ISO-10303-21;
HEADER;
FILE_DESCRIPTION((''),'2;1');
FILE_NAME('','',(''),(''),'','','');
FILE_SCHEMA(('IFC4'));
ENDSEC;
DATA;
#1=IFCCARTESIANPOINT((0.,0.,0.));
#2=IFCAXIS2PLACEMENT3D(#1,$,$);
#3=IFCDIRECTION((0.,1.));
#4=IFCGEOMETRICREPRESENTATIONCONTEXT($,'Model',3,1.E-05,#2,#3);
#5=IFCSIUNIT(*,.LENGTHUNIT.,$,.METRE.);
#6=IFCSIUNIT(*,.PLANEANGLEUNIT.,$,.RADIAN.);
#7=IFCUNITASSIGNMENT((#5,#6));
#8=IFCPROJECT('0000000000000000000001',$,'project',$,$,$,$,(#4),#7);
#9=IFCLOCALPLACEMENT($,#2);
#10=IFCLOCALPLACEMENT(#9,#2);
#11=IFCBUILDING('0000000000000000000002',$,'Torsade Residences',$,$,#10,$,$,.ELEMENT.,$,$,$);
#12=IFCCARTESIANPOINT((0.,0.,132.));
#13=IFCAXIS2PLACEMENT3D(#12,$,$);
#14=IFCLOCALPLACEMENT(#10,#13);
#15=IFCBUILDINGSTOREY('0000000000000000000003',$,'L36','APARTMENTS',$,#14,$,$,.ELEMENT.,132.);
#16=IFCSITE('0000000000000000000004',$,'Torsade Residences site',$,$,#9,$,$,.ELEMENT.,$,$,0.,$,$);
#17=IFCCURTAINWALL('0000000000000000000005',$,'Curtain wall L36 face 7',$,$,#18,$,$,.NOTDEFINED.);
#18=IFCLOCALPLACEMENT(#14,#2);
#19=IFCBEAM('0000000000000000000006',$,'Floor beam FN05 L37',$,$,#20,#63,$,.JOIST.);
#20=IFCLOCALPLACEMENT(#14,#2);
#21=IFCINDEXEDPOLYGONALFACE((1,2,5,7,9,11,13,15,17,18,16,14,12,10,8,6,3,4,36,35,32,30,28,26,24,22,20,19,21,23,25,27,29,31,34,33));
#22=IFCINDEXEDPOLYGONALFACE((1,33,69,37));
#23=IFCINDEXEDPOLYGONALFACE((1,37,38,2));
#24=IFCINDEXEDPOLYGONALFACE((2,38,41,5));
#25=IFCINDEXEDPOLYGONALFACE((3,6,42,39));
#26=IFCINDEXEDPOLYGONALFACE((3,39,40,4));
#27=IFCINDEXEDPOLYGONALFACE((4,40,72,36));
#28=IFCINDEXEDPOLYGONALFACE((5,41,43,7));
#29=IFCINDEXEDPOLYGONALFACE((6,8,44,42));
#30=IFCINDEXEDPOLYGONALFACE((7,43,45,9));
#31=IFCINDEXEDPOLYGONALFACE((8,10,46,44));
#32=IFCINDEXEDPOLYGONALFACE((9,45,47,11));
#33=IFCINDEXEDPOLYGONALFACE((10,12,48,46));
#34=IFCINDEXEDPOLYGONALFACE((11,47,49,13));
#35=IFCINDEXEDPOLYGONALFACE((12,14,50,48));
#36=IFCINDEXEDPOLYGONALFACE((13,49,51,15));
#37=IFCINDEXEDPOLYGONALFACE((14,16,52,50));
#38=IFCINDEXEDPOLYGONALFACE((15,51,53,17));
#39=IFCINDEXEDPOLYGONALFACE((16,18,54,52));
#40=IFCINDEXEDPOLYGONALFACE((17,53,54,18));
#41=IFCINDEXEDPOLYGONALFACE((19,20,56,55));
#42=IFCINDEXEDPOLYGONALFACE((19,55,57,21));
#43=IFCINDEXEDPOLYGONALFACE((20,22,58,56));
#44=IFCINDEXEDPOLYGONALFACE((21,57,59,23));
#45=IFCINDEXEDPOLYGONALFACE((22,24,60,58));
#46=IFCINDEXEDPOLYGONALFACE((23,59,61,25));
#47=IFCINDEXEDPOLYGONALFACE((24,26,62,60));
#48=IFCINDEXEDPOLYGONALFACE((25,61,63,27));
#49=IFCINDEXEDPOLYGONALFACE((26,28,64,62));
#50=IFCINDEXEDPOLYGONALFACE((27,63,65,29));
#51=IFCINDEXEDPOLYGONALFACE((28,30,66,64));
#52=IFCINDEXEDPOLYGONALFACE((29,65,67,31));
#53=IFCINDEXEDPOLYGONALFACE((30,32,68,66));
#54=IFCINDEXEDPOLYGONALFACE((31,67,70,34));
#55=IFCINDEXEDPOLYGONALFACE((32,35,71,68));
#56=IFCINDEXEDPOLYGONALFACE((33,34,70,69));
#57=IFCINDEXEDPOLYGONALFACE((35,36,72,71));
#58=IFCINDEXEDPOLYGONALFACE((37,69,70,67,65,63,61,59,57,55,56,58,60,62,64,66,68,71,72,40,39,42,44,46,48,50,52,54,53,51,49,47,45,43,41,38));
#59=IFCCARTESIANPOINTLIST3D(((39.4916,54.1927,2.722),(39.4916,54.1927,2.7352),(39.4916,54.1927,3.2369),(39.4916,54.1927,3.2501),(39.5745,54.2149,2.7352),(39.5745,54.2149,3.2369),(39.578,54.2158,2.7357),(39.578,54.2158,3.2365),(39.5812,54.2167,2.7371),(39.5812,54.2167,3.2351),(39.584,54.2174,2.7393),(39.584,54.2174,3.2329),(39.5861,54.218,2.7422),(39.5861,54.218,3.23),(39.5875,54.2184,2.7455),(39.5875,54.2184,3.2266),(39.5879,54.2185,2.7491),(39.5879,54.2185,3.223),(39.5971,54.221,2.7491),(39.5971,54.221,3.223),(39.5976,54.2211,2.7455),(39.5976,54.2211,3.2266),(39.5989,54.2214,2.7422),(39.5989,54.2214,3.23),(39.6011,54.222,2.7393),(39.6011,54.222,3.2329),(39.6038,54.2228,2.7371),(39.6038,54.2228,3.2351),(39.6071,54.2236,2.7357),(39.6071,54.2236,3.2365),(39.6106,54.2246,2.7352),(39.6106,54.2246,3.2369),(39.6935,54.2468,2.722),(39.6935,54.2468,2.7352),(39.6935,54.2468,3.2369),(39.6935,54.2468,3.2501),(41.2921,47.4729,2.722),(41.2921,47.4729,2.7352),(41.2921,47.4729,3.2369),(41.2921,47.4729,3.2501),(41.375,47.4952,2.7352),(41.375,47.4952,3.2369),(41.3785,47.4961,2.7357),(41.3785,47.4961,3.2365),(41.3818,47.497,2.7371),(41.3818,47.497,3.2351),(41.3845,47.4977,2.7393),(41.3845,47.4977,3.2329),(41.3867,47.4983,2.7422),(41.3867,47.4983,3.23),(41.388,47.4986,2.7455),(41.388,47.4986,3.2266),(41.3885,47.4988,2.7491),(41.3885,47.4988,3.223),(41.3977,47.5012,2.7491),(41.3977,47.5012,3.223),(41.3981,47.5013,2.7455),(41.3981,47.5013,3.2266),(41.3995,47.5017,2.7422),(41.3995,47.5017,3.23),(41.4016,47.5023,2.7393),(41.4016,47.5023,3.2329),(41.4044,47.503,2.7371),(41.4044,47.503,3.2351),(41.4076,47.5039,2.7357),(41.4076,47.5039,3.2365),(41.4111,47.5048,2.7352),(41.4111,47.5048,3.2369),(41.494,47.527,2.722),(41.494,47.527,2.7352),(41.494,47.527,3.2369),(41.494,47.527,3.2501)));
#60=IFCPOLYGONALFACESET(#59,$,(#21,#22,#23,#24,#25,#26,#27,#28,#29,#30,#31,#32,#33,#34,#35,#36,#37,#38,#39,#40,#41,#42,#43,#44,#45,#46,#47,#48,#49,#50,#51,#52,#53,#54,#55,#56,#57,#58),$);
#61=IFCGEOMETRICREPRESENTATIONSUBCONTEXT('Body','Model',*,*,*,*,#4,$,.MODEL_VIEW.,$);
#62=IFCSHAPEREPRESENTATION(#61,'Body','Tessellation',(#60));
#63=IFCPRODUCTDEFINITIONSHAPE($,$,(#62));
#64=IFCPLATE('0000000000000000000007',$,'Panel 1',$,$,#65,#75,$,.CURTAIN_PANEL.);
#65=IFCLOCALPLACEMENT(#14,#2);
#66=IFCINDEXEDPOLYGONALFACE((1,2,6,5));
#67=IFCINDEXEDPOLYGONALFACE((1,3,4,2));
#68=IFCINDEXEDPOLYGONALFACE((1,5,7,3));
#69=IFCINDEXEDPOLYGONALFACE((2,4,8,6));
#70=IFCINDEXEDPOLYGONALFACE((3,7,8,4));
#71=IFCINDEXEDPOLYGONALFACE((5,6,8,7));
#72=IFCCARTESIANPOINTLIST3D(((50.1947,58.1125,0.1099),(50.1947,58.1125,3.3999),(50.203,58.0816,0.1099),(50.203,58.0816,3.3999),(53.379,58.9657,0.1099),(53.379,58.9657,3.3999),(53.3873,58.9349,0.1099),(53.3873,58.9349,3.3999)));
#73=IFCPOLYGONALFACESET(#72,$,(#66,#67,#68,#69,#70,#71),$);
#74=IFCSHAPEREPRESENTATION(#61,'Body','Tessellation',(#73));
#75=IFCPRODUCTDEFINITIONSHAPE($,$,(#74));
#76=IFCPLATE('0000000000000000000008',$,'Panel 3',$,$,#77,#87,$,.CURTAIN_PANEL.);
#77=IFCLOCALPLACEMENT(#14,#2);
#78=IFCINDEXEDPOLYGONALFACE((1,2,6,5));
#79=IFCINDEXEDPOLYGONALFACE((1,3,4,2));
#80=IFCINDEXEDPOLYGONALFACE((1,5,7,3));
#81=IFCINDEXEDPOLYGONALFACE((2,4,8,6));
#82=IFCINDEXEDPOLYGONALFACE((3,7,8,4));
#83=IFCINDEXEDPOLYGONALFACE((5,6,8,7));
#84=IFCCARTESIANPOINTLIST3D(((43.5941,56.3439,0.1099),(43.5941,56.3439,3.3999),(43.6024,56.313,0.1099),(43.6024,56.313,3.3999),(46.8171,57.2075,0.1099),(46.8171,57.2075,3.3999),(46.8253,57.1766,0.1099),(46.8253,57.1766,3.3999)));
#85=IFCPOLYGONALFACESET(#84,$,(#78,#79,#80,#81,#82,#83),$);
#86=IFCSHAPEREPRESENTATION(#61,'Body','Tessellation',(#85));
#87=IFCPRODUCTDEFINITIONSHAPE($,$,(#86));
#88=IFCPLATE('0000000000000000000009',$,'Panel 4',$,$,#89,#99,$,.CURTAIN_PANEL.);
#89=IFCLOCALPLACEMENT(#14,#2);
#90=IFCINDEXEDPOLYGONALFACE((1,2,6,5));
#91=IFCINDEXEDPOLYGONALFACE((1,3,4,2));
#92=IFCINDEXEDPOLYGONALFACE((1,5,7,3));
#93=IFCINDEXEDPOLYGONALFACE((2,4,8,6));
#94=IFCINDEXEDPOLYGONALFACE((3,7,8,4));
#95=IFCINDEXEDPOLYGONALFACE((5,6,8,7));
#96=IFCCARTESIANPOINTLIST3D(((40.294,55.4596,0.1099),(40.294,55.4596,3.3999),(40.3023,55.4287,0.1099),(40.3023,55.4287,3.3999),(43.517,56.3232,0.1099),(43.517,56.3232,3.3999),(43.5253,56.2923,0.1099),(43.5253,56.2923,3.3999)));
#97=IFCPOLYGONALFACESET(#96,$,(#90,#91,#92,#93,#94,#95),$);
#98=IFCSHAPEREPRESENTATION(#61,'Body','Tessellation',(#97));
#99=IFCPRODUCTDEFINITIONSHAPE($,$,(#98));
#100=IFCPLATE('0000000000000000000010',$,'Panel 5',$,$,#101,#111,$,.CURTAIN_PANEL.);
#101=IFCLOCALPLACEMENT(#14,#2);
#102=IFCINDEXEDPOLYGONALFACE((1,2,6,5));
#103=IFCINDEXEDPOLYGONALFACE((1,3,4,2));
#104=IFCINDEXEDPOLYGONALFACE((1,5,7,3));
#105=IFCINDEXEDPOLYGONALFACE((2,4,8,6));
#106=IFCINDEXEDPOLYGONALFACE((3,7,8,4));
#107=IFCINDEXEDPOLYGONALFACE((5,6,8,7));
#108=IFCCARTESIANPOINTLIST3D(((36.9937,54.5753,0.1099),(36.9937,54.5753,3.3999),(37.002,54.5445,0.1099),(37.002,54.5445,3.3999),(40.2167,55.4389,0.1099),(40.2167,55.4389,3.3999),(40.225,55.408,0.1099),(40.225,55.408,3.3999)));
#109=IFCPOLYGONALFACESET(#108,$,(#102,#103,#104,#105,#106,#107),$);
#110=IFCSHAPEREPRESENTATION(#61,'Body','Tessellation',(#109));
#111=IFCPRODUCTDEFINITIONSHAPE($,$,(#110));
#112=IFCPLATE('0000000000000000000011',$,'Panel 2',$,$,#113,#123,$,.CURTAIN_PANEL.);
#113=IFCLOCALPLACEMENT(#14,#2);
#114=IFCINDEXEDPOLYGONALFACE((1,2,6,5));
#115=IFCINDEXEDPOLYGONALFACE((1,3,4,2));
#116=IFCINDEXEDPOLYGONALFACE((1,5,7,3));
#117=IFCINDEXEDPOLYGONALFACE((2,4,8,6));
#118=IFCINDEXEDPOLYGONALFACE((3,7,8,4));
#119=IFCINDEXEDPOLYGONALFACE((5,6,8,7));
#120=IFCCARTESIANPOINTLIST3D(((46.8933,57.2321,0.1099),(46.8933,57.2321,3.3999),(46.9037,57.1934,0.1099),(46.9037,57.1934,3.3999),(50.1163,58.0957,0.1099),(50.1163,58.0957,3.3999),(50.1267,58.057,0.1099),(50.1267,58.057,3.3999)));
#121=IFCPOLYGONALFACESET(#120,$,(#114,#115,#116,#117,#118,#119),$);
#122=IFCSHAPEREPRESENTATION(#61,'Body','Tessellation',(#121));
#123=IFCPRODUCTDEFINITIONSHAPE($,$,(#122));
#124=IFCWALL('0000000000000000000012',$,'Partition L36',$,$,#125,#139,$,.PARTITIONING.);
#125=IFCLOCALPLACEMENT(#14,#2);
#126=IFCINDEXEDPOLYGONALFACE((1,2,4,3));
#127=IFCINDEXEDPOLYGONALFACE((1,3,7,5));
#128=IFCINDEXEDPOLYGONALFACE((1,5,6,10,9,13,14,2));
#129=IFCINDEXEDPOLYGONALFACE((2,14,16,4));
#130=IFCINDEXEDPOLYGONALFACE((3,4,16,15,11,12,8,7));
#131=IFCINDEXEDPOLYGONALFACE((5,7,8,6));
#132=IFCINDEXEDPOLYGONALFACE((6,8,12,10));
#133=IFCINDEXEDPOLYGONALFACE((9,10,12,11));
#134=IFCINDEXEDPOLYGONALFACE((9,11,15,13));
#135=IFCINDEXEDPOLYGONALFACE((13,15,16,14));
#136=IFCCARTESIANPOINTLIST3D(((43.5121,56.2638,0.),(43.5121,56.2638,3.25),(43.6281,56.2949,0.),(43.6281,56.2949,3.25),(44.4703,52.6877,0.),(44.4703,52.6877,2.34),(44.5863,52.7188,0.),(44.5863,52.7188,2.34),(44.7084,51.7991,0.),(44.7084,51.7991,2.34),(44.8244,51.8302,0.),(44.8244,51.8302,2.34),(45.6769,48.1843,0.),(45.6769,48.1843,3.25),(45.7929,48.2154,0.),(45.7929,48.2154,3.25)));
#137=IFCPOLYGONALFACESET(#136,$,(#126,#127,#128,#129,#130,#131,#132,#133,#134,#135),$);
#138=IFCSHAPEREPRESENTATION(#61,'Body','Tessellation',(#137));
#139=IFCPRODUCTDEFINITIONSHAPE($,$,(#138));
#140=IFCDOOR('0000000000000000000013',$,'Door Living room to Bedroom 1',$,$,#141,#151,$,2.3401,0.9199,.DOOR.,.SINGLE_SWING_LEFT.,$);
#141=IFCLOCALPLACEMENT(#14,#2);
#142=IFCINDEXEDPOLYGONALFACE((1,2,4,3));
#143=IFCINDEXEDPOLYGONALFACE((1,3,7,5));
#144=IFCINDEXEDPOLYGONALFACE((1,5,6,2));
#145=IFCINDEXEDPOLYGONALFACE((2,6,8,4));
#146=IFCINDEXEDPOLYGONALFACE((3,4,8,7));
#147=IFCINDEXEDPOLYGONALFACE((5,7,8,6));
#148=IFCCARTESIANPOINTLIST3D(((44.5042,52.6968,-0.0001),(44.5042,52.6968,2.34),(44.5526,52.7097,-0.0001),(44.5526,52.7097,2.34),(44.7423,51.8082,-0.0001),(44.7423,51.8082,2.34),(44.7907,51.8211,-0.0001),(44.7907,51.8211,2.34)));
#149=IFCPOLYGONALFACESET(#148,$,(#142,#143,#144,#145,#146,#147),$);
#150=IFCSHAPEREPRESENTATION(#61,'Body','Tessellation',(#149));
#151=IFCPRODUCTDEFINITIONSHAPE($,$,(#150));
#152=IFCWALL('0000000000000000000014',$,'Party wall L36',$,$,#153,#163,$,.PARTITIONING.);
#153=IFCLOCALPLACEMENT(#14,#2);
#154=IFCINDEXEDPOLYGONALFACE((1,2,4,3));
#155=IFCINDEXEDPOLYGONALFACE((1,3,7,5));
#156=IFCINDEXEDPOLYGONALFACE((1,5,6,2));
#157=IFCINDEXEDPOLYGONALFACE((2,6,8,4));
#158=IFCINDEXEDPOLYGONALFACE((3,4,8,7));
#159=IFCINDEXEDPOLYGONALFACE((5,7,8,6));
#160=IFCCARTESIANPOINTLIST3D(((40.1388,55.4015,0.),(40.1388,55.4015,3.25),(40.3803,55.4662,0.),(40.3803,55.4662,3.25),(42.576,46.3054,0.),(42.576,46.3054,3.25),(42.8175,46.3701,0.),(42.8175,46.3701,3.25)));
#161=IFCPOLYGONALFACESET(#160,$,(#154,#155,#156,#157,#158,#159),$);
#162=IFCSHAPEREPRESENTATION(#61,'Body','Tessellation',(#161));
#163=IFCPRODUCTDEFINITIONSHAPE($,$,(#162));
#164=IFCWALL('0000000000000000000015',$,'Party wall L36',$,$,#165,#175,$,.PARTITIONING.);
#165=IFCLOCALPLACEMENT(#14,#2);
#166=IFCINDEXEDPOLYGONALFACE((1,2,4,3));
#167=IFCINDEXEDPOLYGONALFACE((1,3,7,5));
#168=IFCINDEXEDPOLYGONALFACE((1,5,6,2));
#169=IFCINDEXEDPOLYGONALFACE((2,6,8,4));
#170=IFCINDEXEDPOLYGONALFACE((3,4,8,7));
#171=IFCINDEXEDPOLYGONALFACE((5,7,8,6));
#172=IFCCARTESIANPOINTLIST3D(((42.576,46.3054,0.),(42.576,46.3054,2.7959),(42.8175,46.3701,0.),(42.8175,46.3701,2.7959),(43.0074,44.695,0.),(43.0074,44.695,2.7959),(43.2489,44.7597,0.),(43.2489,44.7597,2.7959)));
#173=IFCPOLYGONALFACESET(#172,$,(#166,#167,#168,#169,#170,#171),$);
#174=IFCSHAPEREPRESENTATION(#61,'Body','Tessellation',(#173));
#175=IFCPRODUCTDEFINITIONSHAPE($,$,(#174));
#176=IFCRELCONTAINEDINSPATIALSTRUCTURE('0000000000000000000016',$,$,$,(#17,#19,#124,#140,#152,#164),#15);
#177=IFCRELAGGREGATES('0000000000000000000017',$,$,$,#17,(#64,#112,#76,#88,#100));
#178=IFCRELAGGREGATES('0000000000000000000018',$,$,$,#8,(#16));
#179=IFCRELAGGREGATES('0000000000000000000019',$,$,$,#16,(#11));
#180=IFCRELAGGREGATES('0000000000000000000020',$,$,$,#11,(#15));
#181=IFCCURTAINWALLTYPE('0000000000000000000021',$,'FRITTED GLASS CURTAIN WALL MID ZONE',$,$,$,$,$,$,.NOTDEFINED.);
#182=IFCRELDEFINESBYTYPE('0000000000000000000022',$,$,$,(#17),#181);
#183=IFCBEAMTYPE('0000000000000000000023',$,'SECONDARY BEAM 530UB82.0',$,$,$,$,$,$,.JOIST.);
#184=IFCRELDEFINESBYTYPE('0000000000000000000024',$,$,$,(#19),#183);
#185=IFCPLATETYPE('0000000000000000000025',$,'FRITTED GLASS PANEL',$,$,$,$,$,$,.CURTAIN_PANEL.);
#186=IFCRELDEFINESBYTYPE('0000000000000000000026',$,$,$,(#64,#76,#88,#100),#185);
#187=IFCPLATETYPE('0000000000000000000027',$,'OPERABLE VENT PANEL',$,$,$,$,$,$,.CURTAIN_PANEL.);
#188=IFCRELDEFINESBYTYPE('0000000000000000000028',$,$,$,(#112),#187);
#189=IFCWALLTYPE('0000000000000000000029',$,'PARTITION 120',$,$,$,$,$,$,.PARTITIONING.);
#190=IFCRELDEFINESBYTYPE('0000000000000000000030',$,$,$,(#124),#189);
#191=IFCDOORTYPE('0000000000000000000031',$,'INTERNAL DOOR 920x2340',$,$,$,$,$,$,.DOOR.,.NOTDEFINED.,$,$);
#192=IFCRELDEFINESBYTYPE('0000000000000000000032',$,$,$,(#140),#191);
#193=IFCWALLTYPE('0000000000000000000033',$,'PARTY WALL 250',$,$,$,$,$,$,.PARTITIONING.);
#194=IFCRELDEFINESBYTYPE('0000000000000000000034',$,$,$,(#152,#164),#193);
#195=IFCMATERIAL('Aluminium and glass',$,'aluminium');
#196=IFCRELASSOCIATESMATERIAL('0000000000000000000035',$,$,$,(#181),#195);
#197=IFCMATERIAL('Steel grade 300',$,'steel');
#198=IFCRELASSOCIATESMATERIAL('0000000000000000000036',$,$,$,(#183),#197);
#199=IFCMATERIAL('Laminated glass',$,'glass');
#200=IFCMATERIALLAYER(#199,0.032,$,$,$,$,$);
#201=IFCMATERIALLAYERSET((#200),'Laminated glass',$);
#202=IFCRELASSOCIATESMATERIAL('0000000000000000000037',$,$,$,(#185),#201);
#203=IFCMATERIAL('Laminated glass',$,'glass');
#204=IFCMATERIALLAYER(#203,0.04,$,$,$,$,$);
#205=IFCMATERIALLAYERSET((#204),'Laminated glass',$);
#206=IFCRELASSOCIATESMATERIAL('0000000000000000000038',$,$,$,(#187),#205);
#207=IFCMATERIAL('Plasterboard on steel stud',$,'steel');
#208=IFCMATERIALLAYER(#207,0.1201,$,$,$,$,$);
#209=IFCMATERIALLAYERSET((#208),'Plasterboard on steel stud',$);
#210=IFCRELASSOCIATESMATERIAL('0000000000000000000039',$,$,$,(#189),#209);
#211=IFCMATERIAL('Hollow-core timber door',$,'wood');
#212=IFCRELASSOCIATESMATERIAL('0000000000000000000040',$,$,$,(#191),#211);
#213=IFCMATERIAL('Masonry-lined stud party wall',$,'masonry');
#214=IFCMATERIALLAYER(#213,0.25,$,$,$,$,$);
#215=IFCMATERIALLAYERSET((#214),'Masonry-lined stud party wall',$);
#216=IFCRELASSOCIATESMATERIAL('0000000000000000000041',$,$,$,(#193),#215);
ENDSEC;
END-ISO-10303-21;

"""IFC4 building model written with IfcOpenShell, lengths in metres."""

from ifc_helpers import new_model, si_unit, direction, frame, frame_2d, origin, origin_2d, place, context, subcontext, project, spatial, rectangle, i_section, extrude, material, layer, layer_set, material_profile, profile_set, type_object, element, fill, aggregate, save


model = new_model("IFC4")

# Units and contexts
model_context = context("Model", 3, precision=1e-05, world=origin(), true_north=direction((0.0, 1.0)))
body_context = subcontext(model_context, "Body", "Model", "MODEL_VIEW")
ifc_project = project(units=[si_unit("LENGTHUNIT", "METRE"), si_unit("PLANEANGLEUNIT", "RADIAN")], contexts=[model_context])

# Site, building, storey
site_placement = place(None, origin())
site = spatial("IfcSite", under=ifc_project, at=site_placement, Name="Torsade Residences site", CompositionType="ELEMENT", RefElevation=0.0)
building_placement = place(site_placement, origin())
building = spatial("IfcBuilding", under=site, at=building_placement, Name="Torsade Residences", CompositionType="ELEMENT")
storey_placement = place(building_placement, frame((0.0, 0.0, 132.0)))
storey = spatial("IfcBuildingStorey", under=building, at=storey_placement, Name="L36", Description="APARTMENTS", CompositionType="ELEMENT", Elevation=132.0)

# Curtain wall
ifc_material_1 = material(Name="Aluminium and glass", Category="aluminium")
curtain_wall_type = type_object("IfcCurtainWallType", Name="FRITTED GLASS CURTAIN WALL MID ZONE", PredefinedType="NOTDEFINED", material=ifc_material_1)
curtain_wall_placement = place(storey_placement, origin())
curtain_wall = element("IfcCurtainWall", 1, at=curtain_wall_placement, inside=storey, type_object=curtain_wall_type, Name="Curtain wall L36 face 7", PredefinedType="NOTDEFINED")

# Beam
ifc_material_2 = material(Name="Steel grade 300", Category="steel")
ifc_material_profile_1 = material_profile(ifc_material_2, i_section(OverallWidth=0.209, OverallDepth=0.5281, WebThickness=0.0095, FlangeThickness=0.0132, FilletRadius=0.0139, at=origin_2d()), Name="530UB82.0")
ifc_profile_set_1 = profile_set([ifc_material_profile_1], Name="Steel grade 300")
beam_type_1 = type_object("IfcBeamType", Name="SECONDARY BEAM 530UB82.0", PredefinedType="JOIST", material=ifc_profile_set_1)
beam_1_placement = place(storey_placement, frame((39.5925, 54.2197, 2.9861), z_axis=(0.258818, -0.965926, 0.0), x_axis=(0.965926, 0.258818, 0.0)))
element("IfcBeam", 2, at=beam_1_placement, inside=storey, type_object=beam_type_1, Name="Floor beam FN05 L37", PredefinedType="JOIST", context=body_context, shape_type="SweptSolid", body=[
    extrude(i_section(OverallWidth=0.209, OverallDepth=0.5281, WebThickness=0.0095, FlangeThickness=0.0132, FilletRadius=0.0139, at=origin_2d()), origin(), (0.0, 0.0, 1.0), 6.9568),
])

# Plates
ifc_material_3 = material(Name="Laminated glass", Category="glass")
ifc_layer_1 = layer(ifc_material_3, 0.032)
ifc_layer_set_1 = layer_set([ifc_layer_1], Name="Laminated glass")
plate_type_1 = type_object("IfcPlateType", Name="FRITTED GLASS PANEL", PredefinedType="CURTAIN_PANEL", material=ifc_layer_set_1)
plate_1_placement = place(storey_placement, frame((51.791, 58.5237, 0.1099), z_axis=(0.0, 0.0, 1.0), x_axis=(-0.965926, -0.258819, 0.0)))
plate_1 = element("IfcPlate", 3, at=plate_1_placement, type_object=plate_type_1, Name="Panel 1", PredefinedType="CURTAIN_PANEL", context=body_context, shape_type="SweptSolid", body=[
    extrude(rectangle(XDim=3.2966, YDim=0.032, at=origin_2d()), origin(), (0.0, 0.0, 1.0), 3.29),
])
plate_2_placement = place(storey_placement, frame((45.2097, 56.7603, 0.1099), z_axis=(0.0, 0.0, 1.0), x_axis=(-0.965926, -0.258819, 0.0)))
plate_2 = element("IfcPlate", 4, at=plate_2_placement, type_object=plate_type_1, Name="Panel 3", PredefinedType="CURTAIN_PANEL", context=body_context, shape_type="SweptSolid", body=[
    extrude(rectangle(XDim=3.3367, YDim=0.032, at=origin_2d()), origin(), (0.0, 0.0, 1.0), 3.29),
])
plate_3_placement = place(storey_placement, frame((41.9097, 55.876, 0.1099), z_axis=(0.0, 0.0, 1.0), x_axis=(-0.965926, -0.258819, 0.0)))
plate_3 = element("IfcPlate", 5, at=plate_3_placement, type_object=plate_type_1, Name="Panel 4", PredefinedType="CURTAIN_PANEL", context=body_context, shape_type="SweptSolid", body=[
    extrude(rectangle(XDim=3.3367, YDim=0.032, at=origin_2d()), origin(), (0.0, 0.0, 1.0), 3.29),
])
plate_4_placement = place(storey_placement, frame((38.6094, 54.9917, 0.1099), z_axis=(0.0, 0.0, 1.0), x_axis=(-0.965926, -0.258819, 0.0)))
plate_4 = element("IfcPlate", 6, at=plate_4_placement, type_object=plate_type_1, Name="Panel 5", PredefinedType="CURTAIN_PANEL", context=body_context, shape_type="SweptSolid", body=[
    extrude(rectangle(XDim=3.3367, YDim=0.032, at=origin_2d()), origin(), (0.0, 0.0, 1.0), 3.29),
])
ifc_material_4 = material(Name="Laminated glass", Category="glass")
ifc_layer_2 = layer(ifc_material_4, 0.04)
ifc_layer_set_2 = layer_set([ifc_layer_2], Name="Laminated glass")
plate_type_2 = type_object("IfcPlateType", Name="OPERABLE VENT PANEL", PredefinedType="CURTAIN_PANEL", material=ifc_layer_set_2)
plate_5_placement = place(storey_placement, frame((48.51, 57.6445, 0.1099), z_axis=(0.0, 0.0, 1.0), x_axis=(-0.965926, -0.258819, 0.0)))
plate_5 = element("IfcPlate", 7, at=plate_5_placement, type_object=plate_type_2, Name="Panel 2", PredefinedType="CURTAIN_PANEL", context=body_context, shape_type="SweptSolid", body=[
    extrude(rectangle(XDim=3.3367, YDim=0.04, at=origin_2d()), origin(), (0.0, 0.0, 1.0), 3.29),
])
aggregate(curtain_wall, [plate_1, plate_5, plate_2, plate_3, plate_4])

# Wall, opening, door
ifc_material_5 = material(Name="Plasterboard on steel stud", Category="steel")
ifc_layer_3 = layer(ifc_material_5, 0.1201)
ifc_layer_set_3 = layer_set([ifc_layer_3], Name="Plasterboard on steel stud")
wall_type_1 = type_object("IfcWallType", Name="PARTITION 120", PredefinedType="PARTITIONING", material=ifc_layer_set_3)
wall_1_placement = place(storey_placement, frame((45.7349, 48.2, 0.0), z_axis=(0.0, 0.0, 1.0), x_axis=(-0.258805, 0.96593, 0.0)))
wall_1 = element("IfcWall", 8, at=wall_1_placement, inside=storey, type_object=wall_type_1, Name="Partition L36", PredefinedType="PARTITIONING", context=body_context, shape_type="SweptSolid", body=[
    extrude(rectangle(XDim=8.3645, YDim=0.1201, at=frame_2d((4.1821, 0.0))), origin(), (0.0, 0.0, 1.0), 3.25),
])
opening_placement = place(wall_1_placement, frame((3.7422, 0.0, 0.0)))
opening = element("IfcOpeningElement", 9, at=opening_placement, cuts=wall_1, PredefinedType="OPENING", context=body_context, shape_type="SweptSolid", body=[
    extrude(rectangle(XDim=0.9199, YDim=2.3401, at=frame_2d((0.46, 1.1699))), frame((0.0, 0.0701, 0.0), z_axis=(0.0, -1.0, 0.0), x_axis=(1.0, 0.0, 0.0)), (0.0, 0.0, 1.0), 0.1401),
])
ifc_material_6 = material(Name="Hollow-core timber door", Category="wood")
door_type = type_object("IfcDoorType", Name="INTERNAL DOOR 920x2340", OperationType="NOTDEFINED", PredefinedType="DOOR", material=ifc_material_6)
door_placement = place(opening_placement, origin())
door = element("IfcDoor", 10, at=door_placement, inside=storey, type_object=door_type, Name="Door Living room to Bedroom 1", OperationType="SINGLE_SWING_LEFT", OverallHeight=2.3401, OverallWidth=0.9199, PredefinedType="DOOR", context=body_context, shape_type="SweptSolid", body=[
    extrude(rectangle(XDim=0.9199, YDim=2.3401, at=frame_2d((0.46, 1.1699))), frame((0.0, 0.0249, 0.0), z_axis=(0.0, -1.0, 0.0), x_axis=(1.0, 0.0, 0.0)), (0.0, 0.0, 1.0), 0.05),
])
fill(opening, door)

# Walls
ifc_material_7 = material(Name="Masonry-lined stud party wall", Category="masonry")
ifc_layer_4 = layer(ifc_material_7, 0.25)
ifc_layer_set_4 = layer_set([ifc_layer_4], Name="Masonry-lined stud party wall")
wall_type_2 = type_object("IfcWallType", Name="PARTY WALL 250", PredefinedType="PARTITIONING", material=ifc_layer_set_4)
wall_2_placement = place(storey_placement, frame((40.2595, 55.4338, 0.0), z_axis=(0.0, 0.0, 1.0), x_axis=(0.258813, -0.965927, 0.0)))
element("IfcWall", 11, at=wall_2_placement, inside=storey, type_object=wall_type_2, Name="Party wall L36", PredefinedType="PARTITIONING", context=body_context, shape_type="SweptSolid", body=[
    extrude(rectangle(XDim=9.417, YDim=0.25, at=frame_2d((4.7085, 0.0))), origin(), (0.0, 0.0, 1.0), 3.25),
])
wall_3_placement = place(storey_placement, frame((42.6968, 46.3376, 0.0), z_axis=(0.0, 0.0, 1.0), x_axis=(0.258765, -0.96594, 0.0)))
element("IfcWall", 12, at=wall_3_placement, inside=storey, type_object=wall_type_2, Name="Party wall L36", PredefinedType="PARTITIONING", context=body_context, shape_type="SweptSolid", body=[
    extrude(rectangle(XDim=1.6672, YDim=0.25, at=frame_2d((0.8335, 0.0))), origin(), (0.0, 0.0, 1.0), 2.7959),
])

save(model, "model.ifc")
